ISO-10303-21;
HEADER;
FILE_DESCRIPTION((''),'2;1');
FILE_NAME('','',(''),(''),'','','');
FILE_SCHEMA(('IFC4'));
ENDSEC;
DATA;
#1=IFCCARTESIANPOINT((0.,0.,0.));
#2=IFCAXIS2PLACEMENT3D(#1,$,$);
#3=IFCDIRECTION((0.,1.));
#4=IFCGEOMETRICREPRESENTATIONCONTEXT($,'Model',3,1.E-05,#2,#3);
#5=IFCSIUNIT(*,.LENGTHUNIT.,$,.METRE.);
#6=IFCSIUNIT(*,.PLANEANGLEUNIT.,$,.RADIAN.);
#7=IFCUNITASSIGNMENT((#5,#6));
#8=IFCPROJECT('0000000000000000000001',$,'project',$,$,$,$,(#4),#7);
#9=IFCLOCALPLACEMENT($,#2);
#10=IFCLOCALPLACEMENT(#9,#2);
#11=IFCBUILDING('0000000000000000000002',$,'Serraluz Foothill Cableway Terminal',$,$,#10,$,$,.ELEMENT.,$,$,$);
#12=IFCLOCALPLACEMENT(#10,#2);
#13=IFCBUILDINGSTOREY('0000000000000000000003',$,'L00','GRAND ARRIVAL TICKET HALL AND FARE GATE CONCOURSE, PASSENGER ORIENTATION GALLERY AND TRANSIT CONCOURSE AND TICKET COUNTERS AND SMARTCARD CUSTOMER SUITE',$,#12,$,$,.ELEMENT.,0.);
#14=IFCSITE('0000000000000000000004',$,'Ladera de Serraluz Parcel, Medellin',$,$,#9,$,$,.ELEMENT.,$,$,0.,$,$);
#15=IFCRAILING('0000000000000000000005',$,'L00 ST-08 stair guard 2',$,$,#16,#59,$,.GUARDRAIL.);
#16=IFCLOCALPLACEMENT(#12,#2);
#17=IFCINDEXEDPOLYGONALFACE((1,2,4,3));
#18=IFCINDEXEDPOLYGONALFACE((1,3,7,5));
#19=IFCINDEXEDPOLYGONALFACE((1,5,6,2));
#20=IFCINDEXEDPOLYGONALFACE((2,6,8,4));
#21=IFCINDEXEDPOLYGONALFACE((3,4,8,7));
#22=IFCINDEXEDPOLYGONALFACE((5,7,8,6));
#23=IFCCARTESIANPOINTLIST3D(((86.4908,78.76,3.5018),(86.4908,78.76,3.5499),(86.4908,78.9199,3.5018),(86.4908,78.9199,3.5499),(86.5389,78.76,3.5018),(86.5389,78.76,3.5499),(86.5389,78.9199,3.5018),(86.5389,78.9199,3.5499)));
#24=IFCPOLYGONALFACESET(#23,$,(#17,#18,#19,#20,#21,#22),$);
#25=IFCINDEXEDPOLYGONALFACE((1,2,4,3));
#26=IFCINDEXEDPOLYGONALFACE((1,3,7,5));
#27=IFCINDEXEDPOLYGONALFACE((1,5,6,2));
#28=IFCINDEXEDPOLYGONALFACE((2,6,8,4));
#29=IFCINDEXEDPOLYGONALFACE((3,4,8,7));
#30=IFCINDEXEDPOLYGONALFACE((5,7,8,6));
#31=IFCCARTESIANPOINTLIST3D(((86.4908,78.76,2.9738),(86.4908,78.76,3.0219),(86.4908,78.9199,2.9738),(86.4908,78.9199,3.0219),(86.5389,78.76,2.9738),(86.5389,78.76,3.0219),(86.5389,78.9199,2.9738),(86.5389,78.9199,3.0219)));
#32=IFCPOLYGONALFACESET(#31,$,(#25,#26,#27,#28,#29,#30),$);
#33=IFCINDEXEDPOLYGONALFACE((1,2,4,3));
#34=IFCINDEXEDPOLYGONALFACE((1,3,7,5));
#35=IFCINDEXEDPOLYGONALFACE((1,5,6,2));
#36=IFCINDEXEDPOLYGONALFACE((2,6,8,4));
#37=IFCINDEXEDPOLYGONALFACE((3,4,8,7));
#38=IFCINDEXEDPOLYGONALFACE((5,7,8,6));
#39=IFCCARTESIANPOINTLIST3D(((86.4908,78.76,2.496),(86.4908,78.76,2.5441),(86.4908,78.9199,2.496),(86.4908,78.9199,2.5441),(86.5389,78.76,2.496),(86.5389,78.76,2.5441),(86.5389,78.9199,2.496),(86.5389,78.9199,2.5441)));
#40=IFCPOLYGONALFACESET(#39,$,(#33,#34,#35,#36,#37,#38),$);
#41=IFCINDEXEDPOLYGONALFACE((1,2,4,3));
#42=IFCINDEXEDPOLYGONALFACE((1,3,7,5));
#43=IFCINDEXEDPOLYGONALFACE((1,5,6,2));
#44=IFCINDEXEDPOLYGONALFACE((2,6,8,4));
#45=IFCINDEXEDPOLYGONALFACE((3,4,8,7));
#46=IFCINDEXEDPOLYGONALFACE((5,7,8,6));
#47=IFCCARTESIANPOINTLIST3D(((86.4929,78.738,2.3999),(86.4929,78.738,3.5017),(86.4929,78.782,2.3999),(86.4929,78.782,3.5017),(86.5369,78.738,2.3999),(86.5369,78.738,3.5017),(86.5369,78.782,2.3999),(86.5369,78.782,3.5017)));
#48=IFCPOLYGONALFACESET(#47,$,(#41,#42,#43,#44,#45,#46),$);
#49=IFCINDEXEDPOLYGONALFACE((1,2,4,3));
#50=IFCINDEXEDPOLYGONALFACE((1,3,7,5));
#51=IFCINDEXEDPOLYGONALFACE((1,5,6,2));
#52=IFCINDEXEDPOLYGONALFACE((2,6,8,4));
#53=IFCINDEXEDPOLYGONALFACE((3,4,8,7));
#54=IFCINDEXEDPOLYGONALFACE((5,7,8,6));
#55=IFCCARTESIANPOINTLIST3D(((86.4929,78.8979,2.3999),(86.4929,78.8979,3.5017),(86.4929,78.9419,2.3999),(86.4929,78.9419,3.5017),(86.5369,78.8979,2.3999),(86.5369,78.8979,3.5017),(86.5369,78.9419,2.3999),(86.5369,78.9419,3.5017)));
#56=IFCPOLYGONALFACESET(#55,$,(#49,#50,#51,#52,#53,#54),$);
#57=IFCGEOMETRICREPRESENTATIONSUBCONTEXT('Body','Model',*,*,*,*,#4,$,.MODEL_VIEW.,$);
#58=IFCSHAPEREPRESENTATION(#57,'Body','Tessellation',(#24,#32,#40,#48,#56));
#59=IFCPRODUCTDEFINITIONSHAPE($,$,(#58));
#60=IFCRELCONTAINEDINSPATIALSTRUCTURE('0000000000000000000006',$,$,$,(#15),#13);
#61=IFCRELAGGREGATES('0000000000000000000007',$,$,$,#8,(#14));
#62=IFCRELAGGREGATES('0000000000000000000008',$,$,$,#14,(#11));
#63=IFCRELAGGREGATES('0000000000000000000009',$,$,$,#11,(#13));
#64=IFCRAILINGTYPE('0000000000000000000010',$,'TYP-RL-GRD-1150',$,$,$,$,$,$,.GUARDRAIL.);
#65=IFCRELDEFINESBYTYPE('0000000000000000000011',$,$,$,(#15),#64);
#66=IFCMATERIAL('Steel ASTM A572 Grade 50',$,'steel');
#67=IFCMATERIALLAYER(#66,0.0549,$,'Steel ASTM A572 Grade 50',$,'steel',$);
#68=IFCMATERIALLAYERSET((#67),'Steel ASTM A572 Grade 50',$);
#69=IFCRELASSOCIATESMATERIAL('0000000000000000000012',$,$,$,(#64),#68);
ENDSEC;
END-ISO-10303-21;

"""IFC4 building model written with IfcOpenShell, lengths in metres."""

from ifc_helpers import new_model, si_unit, direction, frame, origin, origin_2d, place, context, subcontext, project, spatial, rectangle, extrude, material, layer, layer_set, type_object, element, save


model = new_model("IFC4")

# Units and contexts
model_context = context("Model", 3, precision=1e-05, world=origin(), true_north=direction((0.0, 1.0)))
body_context = subcontext(model_context, "Body", "Model", "MODEL_VIEW")
ifc_project = project(units=[si_unit("LENGTHUNIT", "METRE"), si_unit("PLANEANGLEUNIT", "RADIAN")], contexts=[model_context])

# Site, building, storey
site_placement = place(None, origin())
site = spatial("IfcSite", under=ifc_project, at=site_placement, Name="Ladera de Serraluz Parcel, Medellin", CompositionType="ELEMENT", RefElevation=0.0)
building_placement = place(site_placement, origin())
building = spatial("IfcBuilding", under=site, at=building_placement, Name="Serraluz Foothill Cableway Terminal", CompositionType="ELEMENT")
storey_placement = place(building_placement, origin())
storey = spatial("IfcBuildingStorey", under=building, at=storey_placement, Name="L00", Description="GRAND ARRIVAL TICKET HALL AND FARE GATE CONCOURSE, PASSENGER ORIENTATION GALLERY AND TRANSIT CONCOURSE AND TICKET COUNTERS AND SMARTCARD CUSTOMER SUITE", CompositionType="ELEMENT", Elevation=0.0)

# Railing
ifc_material_1 = material(Name="Steel ASTM A572 Grade 50", Category="steel")
ifc_layer_1 = layer(ifc_material_1, 0.0549, Name="Steel ASTM A572 Grade 50", Category="steel")
ifc_layer_set_1 = layer_set([ifc_layer_1], Name="Steel ASTM A572 Grade 50")
railing_type_1 = type_object("IfcRailingType", Name="TYP-RL-GRD-1150", PredefinedType="GUARDRAIL", material=ifc_layer_set_1)
railing_1_placement = place(storey_placement, frame((86.5149, 78.76, 2.3999)))
element("IfcRailing", 1, at=railing_1_placement, inside=storey, type_object=railing_type_1, Name="L00 ST-08 stair guard 2", PredefinedType="GUARDRAIL", context=body_context, shape_type="SweptSolid", body=[
    extrude(rectangle(XDim=0.0481, YDim=0.0481, at=origin_2d()), frame((0.0, 0.0, 1.126), z_axis=(0.0, 1.0, 0.0), x_axis=(-1.0, 0.0, 0.0)), (0.0, 0.0, 1.0), 0.1599),
    extrude(rectangle(XDim=0.0481, YDim=0.0481, at=origin_2d()), frame((0.0, 0.0, 0.5979), z_axis=(0.0, 1.0, 0.0), x_axis=(-1.0, 0.0, 0.0)), (0.0, 0.0, 1.0), 0.1599),
    extrude(rectangle(XDim=0.0481, YDim=0.0481, at=origin_2d()), frame((0.0, 0.0, 0.1201), z_axis=(0.0, 1.0, 0.0), x_axis=(-1.0, 0.0, 0.0)), (0.0, 0.0, 1.0), 0.1599),
    extrude(rectangle(XDim=0.0439, YDim=0.0439, at=origin_2d()), origin(), (0.0, 0.0, 1.0), 1.1018),
    extrude(rectangle(XDim=0.0439, YDim=0.0439, at=origin_2d()), frame((0.0, 0.1599, 0.0)), (0.0, 0.0, 1.0), 1.1018),
])

save(model, "model.ifc")
